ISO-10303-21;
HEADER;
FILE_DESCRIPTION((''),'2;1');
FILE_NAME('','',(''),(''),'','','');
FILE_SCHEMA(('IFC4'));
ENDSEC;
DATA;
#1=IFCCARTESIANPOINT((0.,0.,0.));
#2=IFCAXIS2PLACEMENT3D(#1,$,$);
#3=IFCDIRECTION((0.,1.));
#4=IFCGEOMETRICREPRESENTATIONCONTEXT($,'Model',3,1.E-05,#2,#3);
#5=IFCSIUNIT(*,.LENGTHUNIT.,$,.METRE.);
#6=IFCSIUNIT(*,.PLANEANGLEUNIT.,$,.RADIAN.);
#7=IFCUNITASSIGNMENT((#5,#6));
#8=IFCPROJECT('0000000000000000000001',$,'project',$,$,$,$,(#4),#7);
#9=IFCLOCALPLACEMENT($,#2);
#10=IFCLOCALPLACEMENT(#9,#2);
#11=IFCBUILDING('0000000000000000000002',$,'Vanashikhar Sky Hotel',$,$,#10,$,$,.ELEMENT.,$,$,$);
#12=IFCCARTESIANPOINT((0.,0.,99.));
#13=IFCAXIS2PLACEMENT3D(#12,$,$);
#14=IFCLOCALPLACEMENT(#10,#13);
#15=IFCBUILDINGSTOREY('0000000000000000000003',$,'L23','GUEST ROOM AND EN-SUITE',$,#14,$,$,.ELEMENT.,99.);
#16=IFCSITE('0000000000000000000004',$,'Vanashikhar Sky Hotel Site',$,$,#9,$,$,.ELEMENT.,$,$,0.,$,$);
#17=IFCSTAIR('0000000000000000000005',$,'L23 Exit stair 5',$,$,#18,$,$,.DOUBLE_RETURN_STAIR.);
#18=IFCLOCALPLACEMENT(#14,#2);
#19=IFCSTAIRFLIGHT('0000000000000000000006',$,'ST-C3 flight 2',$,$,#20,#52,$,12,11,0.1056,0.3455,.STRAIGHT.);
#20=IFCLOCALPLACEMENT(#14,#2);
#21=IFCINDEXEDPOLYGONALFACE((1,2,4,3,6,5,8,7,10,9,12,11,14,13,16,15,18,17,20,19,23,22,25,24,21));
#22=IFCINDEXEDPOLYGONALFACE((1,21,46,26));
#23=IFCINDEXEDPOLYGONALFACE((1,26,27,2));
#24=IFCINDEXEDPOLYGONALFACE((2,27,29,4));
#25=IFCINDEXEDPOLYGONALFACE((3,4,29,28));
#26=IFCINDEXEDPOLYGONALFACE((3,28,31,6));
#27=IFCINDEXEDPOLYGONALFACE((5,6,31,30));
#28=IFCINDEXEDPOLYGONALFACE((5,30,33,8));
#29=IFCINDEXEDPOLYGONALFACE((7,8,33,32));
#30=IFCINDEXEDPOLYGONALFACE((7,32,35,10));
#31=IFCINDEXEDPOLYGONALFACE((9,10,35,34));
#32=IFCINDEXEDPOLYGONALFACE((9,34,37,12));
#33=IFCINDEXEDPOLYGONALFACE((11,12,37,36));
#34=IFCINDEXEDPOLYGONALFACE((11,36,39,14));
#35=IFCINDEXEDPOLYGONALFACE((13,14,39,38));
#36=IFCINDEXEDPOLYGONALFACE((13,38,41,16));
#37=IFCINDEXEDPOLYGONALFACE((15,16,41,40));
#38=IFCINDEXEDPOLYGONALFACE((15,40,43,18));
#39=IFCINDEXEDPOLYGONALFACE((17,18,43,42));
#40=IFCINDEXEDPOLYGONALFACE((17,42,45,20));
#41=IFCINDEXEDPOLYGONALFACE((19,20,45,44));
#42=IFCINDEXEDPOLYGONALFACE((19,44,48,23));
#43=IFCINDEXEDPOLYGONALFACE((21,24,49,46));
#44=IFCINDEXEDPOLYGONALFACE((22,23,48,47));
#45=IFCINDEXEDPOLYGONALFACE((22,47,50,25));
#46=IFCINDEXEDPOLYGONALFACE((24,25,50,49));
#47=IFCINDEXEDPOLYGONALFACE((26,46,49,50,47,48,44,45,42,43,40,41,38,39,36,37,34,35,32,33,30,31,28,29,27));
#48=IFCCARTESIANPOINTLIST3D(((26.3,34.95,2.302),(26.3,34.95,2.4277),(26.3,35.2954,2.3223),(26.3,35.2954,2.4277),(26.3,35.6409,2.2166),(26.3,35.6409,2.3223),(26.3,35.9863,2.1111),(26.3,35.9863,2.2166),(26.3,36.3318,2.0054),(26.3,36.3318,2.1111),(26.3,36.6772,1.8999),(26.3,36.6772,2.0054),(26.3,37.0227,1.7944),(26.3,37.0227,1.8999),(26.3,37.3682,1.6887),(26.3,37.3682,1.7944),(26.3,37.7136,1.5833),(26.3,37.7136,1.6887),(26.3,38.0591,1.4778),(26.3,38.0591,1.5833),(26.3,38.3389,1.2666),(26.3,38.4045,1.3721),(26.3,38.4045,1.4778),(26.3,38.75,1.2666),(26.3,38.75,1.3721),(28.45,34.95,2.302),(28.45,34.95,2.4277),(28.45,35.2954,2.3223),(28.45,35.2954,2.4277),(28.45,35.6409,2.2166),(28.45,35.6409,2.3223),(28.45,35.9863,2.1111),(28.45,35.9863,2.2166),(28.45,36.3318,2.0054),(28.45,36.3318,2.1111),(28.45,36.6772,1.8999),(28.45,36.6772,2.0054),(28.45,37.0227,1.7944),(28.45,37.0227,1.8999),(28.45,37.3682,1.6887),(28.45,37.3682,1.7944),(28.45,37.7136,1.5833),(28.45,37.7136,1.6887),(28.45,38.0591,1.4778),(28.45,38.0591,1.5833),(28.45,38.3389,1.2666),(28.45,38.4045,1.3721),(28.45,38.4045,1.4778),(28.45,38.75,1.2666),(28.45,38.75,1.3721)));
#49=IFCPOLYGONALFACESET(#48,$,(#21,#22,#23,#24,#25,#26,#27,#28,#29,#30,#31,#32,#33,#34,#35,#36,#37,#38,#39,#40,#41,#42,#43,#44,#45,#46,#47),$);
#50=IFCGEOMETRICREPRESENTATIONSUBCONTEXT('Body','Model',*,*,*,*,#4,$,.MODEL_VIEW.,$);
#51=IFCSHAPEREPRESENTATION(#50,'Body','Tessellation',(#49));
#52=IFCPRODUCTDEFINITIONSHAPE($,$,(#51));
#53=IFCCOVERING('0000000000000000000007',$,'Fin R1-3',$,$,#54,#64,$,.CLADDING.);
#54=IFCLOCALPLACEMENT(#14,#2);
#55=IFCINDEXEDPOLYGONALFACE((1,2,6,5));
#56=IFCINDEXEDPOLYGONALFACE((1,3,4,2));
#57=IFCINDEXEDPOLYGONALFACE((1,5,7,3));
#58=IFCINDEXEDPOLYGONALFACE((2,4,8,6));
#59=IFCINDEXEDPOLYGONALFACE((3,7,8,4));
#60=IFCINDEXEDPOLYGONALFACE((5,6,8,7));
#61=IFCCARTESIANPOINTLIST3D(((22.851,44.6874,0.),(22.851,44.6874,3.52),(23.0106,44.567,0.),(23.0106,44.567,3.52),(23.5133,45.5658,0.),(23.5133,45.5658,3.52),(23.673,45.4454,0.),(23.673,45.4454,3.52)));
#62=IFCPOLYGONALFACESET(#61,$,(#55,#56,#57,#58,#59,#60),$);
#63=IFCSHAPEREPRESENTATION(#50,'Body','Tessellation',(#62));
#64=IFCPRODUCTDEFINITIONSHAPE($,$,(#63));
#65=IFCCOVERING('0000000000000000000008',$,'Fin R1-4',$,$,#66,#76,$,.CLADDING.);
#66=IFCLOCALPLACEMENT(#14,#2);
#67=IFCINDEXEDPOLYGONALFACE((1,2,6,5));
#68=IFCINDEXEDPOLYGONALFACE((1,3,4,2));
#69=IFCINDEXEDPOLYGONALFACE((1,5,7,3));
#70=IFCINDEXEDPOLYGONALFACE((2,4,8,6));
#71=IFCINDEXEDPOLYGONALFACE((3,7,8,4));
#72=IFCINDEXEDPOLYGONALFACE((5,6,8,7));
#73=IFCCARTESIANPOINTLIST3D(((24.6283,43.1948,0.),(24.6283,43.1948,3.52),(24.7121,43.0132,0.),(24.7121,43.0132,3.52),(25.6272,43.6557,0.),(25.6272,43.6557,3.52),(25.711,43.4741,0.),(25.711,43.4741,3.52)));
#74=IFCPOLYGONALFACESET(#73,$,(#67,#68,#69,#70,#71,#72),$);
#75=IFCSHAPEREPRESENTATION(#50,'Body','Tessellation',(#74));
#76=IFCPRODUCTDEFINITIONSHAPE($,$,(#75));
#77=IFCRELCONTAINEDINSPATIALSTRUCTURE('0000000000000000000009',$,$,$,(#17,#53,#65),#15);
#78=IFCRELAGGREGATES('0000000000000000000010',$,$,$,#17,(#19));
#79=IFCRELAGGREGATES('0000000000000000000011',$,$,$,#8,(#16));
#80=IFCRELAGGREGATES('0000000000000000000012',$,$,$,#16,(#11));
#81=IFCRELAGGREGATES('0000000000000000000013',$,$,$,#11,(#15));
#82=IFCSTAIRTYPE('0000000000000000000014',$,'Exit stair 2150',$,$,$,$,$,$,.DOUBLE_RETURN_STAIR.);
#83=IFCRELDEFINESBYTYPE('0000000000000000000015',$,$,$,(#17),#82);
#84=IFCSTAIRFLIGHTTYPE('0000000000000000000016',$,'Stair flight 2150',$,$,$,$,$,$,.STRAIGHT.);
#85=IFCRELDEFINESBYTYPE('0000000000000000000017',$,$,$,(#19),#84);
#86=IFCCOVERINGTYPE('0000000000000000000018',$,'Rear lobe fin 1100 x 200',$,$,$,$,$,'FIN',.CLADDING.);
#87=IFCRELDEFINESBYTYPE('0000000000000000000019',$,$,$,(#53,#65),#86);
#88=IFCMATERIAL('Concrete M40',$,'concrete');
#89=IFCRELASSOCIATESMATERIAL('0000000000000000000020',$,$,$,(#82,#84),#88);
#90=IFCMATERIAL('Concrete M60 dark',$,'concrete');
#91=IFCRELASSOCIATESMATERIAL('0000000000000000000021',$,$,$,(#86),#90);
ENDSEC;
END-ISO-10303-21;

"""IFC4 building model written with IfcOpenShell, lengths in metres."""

from ifc_helpers import new_model, si_unit, direction, frame, origin, origin_2d, place, context, subcontext, project, spatial, polyline, rectangle, outline, extrude, source, transform, mapped, material, material_profile, profile_set, type_object, element, aggregate, save


model = new_model("IFC4")

# Units and contexts
model_context = context("Model", 3, precision=1e-05, world=origin(), true_north=direction((0.0, 1.0)))
body_context = subcontext(model_context, "Body", "Model", "MODEL_VIEW")
ifc_project = project(units=[si_unit("LENGTHUNIT", "METRE"), si_unit("PLANEANGLEUNIT", "RADIAN")], contexts=[model_context])

# Site, building, storey
site_placement = place(None, origin())
site = spatial("IfcSite", under=ifc_project, at=site_placement, Name="Vanashikhar Sky Hotel Site", CompositionType="ELEMENT", RefElevation=0.0)
building_placement = place(site_placement, origin())
building = spatial("IfcBuilding", under=site, at=building_placement, Name="Vanashikhar Sky Hotel", CompositionType="ELEMENT")
storey_placement = place(building_placement, frame((0.0, 0.0, 99.0)))
storey = spatial("IfcBuildingStorey", under=building, at=storey_placement, Name="L23", Description="GUEST ROOM AND EN-SUITE", CompositionType="ELEMENT", Elevation=99.0)

# Shared definitions
ifc_material_1 = material(Name="Concrete M40", Category="concrete")
stair_type = type_object("IfcStairType", Name="Exit stair 2150", PredefinedType="DOUBLE_RETURN_STAIR", material=ifc_material_1)
stair_flight_type = type_object("IfcStairFlightType", Name="Stair flight 2150", PredefinedType="STRAIGHT", material=ifc_material_1)
shared_shape_1 = source(origin(), body_context, "Body", "SweptSolid", [
    extrude(outline(polyline([(0.0, 0.0), (0.0, 0.1055), (0.3455, 0.1055), (0.3455, 0.2112), (0.6909, 0.2112), (0.6909, 0.3167), (1.0364, 0.3167), (1.0364, 0.4221), (1.3818, 0.4221), (1.3818, 0.5278), (1.7273, 0.5278), (1.7273, 0.6333), (2.0728, 0.6333), (2.0728, 0.7388), (2.4182, 0.7388), (2.4182, 0.8445), (2.7637, 0.8445), (2.7637, 0.95), (3.1091, 0.95), (3.1091, 1.0557), (3.4546, 1.0557), (3.4546, 1.1611), (3.8, 1.1611), (3.8, 1.2666), (3.8, 1.0354), (0.4111, 0.0), (0.0, 0.0)])), frame((0.0, 1.075, 0.0), z_axis=(0.0, -1.0, 0.0), x_axis=(1.0, 0.0, 0.0)), (0.0, 0.0, 1.0), 2.1499),
])

# Stair, stair flight
stair_1_placement = place(storey_placement, origin())
stair_1 = element("IfcStair", 1, at=stair_1_placement, inside=storey, type_object=stair_type, Name="L23 Exit stair 5", PredefinedType="DOUBLE_RETURN_STAIR")
stair_flight_1_placement = place(storey_placement, frame((27.375, 38.75, 1.2666), z_axis=(0.0, 0.0, 1.0), x_axis=(0.0, -1.0, 0.0)))
stair_flight_1 = element("IfcStairFlight", 2, at=stair_flight_1_placement, type_object=stair_flight_type, Name="ST-C3 flight 2", NumberOfRisers=12, NumberOfTreads=11, PredefinedType="STRAIGHT", RiserHeight=0.1056, TreadLength=0.3455, context=body_context, shape_type="MappedRepresentation", body=[
    mapped(shared_shape_1, transform((0.0, 0.0, 0.0), scale=1.0)),
])
aggregate(stair_1, [stair_flight_1])

# Coverings
ifc_material_2 = material(Name="Concrete M60 dark", Category="concrete")
ifc_material_profile = material_profile(ifc_material_2, rectangle(XDim=1.1001, YDim=0.2, at=origin_2d()))
ifc_profile_set = profile_set([ifc_material_profile], Name="Rear lobe fin 1100 x 200")
covering_type = type_object("IfcCoveringType", Name="Rear lobe fin 1100 x 200", ElementType="FIN", PredefinedType="CLADDING", material=ifc_profile_set)
shared_shape_2 = source(origin(), body_context, "Body", "SweptSolid", [
    extrude(rectangle(XDim=1.1001, YDim=0.2, at=origin_2d()), origin(), (0.0, 0.0, 1.0), 3.52),
])
for number, where, z_axis, x_axis, name in (
    (3, (23.262, 45.0664, 0.0), (0.0, 0.0, 1.0), (0.602066, 0.798446, 0.0), "Fin R1-3"),
    (4, (25.1697, 43.3345, 0.0), (0.0, 0.0, 1.0), (0.908004, 0.418961, 0.0), "Fin R1-4"),
):
    element("IfcCovering", number, at=place(storey_placement, frame(where, z_axis=z_axis, x_axis=x_axis)), inside=storey, type_object=covering_type, Name=name, PredefinedType="CLADDING", context=body_context, shape_type="MappedRepresentation", body=[
        mapped(shared_shape_2, transform((0.0, 0.0, 0.0), scale=1.0)),
    ])

save(model, "model.ifc")
